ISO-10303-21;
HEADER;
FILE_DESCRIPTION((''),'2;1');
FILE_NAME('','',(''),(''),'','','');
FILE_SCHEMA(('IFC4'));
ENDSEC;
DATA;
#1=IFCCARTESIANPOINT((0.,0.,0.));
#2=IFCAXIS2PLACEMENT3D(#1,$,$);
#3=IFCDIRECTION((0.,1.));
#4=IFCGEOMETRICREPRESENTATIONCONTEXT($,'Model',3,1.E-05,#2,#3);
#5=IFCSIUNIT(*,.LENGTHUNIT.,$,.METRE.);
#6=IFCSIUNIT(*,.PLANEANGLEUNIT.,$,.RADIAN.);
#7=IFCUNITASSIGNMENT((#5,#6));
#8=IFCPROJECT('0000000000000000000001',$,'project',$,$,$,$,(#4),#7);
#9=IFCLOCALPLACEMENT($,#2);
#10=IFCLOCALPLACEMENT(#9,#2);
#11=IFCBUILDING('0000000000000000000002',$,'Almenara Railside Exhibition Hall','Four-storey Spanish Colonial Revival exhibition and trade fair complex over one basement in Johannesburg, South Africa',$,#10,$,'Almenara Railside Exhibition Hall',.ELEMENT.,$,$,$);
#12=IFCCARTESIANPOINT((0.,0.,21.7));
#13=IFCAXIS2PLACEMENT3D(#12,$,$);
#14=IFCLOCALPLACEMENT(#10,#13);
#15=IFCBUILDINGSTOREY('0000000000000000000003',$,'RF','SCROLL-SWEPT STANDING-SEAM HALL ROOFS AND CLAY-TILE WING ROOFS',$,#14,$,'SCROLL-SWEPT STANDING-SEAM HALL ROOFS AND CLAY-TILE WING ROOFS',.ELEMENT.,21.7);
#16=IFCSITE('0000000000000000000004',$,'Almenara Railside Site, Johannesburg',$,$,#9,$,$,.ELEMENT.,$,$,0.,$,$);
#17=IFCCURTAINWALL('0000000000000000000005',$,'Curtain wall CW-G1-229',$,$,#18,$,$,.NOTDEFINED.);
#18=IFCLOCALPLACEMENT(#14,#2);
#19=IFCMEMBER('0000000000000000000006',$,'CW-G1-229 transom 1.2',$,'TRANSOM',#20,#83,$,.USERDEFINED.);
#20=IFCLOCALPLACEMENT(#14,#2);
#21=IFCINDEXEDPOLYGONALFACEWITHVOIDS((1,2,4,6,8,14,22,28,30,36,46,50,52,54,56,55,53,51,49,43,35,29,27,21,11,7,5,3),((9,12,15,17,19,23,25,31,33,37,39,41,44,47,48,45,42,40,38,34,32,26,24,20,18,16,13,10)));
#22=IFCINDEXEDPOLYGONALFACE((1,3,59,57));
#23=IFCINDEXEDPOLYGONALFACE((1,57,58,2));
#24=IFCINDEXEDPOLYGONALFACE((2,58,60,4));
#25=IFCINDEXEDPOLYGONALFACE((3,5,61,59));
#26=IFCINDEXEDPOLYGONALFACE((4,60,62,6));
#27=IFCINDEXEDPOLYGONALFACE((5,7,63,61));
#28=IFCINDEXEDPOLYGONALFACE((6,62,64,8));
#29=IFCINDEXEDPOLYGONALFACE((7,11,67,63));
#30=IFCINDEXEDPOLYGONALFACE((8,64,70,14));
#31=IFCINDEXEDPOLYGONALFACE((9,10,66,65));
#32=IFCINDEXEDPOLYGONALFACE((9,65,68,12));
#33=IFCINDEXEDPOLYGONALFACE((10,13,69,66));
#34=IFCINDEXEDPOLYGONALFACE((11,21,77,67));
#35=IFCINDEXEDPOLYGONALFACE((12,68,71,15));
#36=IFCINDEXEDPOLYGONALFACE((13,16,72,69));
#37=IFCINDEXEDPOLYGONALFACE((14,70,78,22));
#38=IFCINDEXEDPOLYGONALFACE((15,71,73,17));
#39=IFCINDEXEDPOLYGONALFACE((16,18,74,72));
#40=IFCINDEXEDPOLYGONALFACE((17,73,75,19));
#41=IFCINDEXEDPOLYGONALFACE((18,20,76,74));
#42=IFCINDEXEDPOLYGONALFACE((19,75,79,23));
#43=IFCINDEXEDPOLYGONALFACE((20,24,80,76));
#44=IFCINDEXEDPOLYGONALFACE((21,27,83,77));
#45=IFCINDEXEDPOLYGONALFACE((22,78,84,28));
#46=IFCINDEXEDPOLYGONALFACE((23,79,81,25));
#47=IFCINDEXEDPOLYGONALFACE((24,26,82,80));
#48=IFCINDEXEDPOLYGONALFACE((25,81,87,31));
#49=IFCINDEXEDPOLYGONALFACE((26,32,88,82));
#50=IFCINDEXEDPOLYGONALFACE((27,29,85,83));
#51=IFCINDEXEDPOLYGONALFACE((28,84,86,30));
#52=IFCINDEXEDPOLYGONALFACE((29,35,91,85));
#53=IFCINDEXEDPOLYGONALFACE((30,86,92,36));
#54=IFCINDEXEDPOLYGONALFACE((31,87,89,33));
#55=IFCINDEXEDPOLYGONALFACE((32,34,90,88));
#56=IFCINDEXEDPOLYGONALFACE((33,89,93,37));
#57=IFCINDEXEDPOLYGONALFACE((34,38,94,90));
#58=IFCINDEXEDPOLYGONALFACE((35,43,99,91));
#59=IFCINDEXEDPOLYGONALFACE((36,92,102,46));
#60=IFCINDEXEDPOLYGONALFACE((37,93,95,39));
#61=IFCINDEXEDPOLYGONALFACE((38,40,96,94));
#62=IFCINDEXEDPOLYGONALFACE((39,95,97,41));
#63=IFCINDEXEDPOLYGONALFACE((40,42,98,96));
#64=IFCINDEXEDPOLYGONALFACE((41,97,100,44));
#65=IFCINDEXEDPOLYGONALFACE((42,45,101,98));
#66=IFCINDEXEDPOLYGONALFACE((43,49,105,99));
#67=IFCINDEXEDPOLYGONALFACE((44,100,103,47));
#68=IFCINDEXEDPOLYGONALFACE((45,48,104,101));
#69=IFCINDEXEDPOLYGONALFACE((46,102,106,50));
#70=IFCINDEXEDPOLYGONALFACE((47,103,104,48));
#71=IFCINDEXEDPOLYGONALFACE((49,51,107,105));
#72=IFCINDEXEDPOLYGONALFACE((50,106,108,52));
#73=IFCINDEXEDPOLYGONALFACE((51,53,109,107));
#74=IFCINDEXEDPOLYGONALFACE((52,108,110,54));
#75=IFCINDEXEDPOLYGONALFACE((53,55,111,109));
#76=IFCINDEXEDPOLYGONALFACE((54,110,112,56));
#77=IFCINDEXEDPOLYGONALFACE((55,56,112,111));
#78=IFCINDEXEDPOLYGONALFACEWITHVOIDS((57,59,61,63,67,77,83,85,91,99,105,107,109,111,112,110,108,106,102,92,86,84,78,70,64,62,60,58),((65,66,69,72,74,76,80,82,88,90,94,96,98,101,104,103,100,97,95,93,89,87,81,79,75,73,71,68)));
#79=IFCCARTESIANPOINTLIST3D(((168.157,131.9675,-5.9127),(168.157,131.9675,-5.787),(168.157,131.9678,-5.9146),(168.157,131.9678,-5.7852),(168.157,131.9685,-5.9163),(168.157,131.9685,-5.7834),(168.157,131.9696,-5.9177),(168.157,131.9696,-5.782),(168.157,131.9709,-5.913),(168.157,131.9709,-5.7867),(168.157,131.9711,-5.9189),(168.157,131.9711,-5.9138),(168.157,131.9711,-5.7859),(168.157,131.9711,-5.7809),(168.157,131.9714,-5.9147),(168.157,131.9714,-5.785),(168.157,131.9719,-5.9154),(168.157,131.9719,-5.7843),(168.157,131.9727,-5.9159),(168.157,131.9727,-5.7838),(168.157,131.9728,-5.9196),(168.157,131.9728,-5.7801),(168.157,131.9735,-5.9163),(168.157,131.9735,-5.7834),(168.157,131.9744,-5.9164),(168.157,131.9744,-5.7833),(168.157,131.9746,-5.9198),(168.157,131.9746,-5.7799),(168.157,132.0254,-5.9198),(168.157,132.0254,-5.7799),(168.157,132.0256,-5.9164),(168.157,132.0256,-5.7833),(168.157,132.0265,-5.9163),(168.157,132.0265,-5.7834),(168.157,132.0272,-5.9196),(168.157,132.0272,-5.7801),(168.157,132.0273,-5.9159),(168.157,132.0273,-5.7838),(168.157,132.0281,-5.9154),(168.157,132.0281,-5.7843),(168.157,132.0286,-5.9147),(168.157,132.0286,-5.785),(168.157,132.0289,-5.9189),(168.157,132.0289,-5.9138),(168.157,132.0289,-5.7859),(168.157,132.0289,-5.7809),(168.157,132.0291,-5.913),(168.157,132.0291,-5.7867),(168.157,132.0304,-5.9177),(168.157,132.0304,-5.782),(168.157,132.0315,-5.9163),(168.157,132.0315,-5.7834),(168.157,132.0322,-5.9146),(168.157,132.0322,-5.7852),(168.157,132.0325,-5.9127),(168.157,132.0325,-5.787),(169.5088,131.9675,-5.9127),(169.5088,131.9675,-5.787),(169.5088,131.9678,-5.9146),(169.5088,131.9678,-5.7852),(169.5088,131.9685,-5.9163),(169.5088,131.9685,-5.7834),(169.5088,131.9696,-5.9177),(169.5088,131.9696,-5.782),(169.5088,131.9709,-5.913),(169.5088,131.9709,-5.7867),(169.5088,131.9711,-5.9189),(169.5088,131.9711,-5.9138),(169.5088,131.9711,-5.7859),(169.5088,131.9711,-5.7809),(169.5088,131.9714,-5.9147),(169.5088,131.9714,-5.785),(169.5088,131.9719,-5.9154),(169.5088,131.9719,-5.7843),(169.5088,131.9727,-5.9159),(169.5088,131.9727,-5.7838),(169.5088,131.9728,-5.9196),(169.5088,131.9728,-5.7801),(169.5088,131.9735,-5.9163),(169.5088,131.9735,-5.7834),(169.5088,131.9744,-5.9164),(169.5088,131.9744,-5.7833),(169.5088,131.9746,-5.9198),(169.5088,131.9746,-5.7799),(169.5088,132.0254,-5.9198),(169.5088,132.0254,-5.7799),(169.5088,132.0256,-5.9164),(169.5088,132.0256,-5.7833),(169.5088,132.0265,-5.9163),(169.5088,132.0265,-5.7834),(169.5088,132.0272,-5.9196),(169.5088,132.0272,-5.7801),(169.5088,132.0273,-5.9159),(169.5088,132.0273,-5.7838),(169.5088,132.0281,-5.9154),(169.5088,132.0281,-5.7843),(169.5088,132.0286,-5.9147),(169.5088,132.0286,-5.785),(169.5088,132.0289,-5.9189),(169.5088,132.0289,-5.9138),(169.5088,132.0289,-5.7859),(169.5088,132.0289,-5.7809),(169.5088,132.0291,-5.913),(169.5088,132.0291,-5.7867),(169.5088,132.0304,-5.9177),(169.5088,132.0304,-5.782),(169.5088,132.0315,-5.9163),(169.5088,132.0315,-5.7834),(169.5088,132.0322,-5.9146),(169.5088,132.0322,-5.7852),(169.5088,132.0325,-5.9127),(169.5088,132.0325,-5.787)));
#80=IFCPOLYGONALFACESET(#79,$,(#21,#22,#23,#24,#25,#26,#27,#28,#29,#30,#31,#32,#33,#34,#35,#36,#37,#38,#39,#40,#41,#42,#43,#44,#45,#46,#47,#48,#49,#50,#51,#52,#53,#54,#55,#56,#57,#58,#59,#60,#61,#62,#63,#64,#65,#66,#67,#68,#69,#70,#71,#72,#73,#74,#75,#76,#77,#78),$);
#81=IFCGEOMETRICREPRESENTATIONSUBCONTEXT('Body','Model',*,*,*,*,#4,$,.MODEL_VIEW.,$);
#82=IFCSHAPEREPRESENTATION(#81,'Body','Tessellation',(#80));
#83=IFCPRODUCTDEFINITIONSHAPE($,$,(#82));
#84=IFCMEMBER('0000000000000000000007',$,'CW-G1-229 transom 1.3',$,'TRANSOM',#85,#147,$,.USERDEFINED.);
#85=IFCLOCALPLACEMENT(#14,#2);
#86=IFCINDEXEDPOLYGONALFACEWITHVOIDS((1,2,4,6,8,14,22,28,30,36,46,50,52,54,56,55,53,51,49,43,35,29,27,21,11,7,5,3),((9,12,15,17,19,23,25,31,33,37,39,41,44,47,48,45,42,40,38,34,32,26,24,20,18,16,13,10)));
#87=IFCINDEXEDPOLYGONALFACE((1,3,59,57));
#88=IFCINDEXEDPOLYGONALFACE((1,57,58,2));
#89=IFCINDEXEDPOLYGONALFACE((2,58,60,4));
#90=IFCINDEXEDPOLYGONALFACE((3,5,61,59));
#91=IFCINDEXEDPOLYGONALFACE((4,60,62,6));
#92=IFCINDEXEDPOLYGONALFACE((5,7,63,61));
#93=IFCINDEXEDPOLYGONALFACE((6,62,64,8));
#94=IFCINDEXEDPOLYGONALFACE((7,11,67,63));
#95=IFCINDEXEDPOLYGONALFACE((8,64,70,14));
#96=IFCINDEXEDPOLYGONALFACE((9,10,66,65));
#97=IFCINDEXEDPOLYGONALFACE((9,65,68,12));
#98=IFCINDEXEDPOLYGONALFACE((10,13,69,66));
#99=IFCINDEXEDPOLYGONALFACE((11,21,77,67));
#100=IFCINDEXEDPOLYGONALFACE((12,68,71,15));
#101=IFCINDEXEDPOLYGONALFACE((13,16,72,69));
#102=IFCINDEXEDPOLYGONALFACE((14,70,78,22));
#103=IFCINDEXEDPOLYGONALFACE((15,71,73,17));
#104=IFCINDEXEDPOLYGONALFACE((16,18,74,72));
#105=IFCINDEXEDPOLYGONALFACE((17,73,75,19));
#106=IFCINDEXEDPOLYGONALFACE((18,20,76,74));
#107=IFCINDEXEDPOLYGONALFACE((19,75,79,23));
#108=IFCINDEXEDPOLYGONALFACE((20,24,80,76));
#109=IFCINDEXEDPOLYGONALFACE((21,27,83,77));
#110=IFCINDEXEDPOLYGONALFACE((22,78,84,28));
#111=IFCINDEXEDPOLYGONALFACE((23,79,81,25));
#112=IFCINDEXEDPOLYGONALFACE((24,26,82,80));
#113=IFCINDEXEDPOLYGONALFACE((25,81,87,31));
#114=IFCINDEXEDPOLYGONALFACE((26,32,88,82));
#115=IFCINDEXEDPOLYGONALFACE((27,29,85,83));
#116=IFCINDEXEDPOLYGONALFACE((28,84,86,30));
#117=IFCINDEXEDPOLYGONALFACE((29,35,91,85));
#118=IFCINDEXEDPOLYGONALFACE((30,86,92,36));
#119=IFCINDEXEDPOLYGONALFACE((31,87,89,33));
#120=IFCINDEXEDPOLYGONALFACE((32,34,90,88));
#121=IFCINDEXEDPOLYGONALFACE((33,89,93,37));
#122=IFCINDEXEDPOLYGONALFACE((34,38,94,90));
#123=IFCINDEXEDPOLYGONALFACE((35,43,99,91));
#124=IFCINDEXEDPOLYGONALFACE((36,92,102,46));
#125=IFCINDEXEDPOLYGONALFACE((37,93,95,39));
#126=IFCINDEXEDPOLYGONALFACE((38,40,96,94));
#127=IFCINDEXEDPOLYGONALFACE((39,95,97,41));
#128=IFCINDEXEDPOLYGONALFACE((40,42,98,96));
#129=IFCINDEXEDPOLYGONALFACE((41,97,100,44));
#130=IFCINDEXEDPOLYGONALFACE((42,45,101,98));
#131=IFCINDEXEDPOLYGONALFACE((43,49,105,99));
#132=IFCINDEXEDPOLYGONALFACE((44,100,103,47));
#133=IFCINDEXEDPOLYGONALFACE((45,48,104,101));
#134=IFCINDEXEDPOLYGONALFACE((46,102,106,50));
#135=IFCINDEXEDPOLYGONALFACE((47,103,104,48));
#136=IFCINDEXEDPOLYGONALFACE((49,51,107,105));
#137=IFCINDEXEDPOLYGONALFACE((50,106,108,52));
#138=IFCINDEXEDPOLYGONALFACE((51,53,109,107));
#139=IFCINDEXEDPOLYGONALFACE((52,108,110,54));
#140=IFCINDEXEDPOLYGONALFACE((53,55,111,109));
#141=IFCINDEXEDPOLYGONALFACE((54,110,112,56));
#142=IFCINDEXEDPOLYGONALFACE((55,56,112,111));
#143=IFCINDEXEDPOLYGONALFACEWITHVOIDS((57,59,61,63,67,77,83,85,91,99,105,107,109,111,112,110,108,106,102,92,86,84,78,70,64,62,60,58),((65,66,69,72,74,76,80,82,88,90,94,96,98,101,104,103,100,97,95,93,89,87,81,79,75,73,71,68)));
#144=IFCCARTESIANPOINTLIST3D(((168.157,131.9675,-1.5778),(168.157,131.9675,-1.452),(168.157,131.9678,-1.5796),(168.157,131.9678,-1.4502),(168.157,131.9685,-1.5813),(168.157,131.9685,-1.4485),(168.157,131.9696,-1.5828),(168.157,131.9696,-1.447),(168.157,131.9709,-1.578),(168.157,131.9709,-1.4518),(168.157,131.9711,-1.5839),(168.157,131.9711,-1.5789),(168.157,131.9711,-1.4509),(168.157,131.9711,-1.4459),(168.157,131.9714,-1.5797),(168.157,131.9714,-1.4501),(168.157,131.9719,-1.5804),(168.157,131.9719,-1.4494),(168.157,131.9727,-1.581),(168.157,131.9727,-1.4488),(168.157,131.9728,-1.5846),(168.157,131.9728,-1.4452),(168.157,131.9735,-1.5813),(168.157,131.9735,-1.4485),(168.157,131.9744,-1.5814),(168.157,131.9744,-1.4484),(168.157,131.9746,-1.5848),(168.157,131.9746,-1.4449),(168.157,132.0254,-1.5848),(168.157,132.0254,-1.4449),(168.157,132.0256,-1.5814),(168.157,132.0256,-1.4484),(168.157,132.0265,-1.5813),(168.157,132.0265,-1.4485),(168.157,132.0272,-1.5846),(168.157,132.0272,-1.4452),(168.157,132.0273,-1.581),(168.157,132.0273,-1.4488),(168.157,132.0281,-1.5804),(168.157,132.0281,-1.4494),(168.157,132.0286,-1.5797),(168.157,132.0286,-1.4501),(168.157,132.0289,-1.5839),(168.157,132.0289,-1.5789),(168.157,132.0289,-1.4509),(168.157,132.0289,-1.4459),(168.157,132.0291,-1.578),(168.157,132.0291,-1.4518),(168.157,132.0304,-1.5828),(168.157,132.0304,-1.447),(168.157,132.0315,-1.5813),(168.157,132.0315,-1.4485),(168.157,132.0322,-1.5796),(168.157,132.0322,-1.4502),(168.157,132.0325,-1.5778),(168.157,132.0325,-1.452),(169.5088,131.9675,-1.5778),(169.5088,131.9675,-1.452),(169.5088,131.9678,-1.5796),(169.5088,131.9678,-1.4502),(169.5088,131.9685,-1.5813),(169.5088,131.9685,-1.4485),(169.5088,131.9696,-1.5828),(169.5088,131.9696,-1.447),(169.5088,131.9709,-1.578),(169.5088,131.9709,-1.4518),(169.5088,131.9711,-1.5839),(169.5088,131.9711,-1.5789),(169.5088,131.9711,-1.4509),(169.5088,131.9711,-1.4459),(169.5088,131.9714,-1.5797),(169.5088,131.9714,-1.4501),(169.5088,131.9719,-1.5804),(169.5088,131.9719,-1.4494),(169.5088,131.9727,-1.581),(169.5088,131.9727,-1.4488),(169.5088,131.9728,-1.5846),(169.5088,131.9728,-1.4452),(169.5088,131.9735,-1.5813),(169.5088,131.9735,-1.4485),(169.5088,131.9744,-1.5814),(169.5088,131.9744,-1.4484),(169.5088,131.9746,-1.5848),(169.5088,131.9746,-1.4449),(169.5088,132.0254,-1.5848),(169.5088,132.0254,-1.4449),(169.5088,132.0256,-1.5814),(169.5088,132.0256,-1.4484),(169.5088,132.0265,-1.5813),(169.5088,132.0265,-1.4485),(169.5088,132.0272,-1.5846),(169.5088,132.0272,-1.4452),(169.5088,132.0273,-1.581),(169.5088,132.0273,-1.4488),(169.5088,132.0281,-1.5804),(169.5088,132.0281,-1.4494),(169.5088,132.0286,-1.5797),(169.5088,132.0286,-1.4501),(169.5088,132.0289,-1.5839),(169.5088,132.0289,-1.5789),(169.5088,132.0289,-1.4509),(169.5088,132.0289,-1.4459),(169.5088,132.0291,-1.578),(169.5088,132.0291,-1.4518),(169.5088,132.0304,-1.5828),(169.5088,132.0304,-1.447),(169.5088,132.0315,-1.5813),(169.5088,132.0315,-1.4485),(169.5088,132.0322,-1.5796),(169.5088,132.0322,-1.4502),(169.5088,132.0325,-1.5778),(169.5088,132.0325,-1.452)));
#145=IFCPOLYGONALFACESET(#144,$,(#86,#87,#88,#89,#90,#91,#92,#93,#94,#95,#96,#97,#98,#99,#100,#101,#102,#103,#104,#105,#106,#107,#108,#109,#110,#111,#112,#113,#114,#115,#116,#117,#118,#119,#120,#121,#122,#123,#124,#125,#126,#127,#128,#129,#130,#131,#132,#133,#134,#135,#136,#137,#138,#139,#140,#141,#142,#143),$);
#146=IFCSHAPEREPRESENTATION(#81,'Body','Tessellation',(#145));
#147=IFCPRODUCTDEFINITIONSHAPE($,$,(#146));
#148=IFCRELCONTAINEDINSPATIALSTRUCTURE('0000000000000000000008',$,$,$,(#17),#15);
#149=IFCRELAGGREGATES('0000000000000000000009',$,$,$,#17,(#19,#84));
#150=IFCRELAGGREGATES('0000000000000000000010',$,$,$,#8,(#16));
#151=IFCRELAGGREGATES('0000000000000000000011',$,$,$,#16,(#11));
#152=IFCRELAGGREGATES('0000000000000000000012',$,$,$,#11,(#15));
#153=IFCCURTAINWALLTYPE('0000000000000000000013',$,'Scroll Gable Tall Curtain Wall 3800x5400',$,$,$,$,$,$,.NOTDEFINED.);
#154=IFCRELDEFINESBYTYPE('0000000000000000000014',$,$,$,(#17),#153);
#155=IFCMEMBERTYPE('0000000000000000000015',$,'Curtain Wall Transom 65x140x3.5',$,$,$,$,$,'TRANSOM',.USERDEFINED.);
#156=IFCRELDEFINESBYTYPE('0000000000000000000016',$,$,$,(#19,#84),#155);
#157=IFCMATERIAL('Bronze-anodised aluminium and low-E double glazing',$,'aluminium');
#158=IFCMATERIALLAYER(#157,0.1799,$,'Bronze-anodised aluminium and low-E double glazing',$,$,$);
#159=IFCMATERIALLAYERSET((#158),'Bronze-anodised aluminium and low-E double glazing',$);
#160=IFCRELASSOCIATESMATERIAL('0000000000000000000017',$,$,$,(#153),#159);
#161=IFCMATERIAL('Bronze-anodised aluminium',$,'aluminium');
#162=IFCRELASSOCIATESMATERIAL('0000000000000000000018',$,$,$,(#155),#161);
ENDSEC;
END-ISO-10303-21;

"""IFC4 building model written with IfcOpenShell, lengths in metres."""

from ifc_helpers import new_model, si_unit, direction, frame, origin, origin_2d, place, context, subcontext, project, spatial, hollow_rectangle, extrude, material, layer, layer_set, material_profile, profile_set, type_object, element, aggregate, save


model = new_model("IFC4")

# Units and contexts
model_context = context("Model", 3, precision=1e-05, world=origin(), true_north=direction((0.0, 1.0)))
body_context = subcontext(model_context, "Body", "Model", "MODEL_VIEW")
ifc_project = project(units=[si_unit("LENGTHUNIT", "METRE"), si_unit("PLANEANGLEUNIT", "RADIAN")], contexts=[model_context])

# Site, building, storey
site_placement = place(None, origin())
site = spatial("IfcSite", under=ifc_project, at=site_placement, Name="Almenara Railside Site, Johannesburg", CompositionType="ELEMENT", RefElevation=0.0)
building_placement = place(site_placement, origin())
building = spatial("IfcBuilding", under=site, at=building_placement, Name="Almenara Railside Exhibition Hall", Description="Four-storey Spanish Colonial Revival exhibition and trade fair complex over one basement in Johannesburg, South Africa", LongName="Almenara Railside Exhibition Hall", CompositionType="ELEMENT")
storey_placement = place(building_placement, frame((0.0, 0.0, 21.7)))
storey = spatial("IfcBuildingStorey", under=building, at=storey_placement, Name="RF", Description="SCROLL-SWEPT STANDING-SEAM HALL ROOFS AND CLAY-TILE WING ROOFS", LongName="SCROLL-SWEPT STANDING-SEAM HALL ROOFS AND CLAY-TILE WING ROOFS", CompositionType="ELEMENT", Elevation=21.7)

# Curtain wall
ifc_material_1 = material(Name="Bronze-anodised aluminium and low-E double glazing", Category="aluminium")
ifc_layer_1 = layer(ifc_material_1, 0.1799, Name="Bronze-anodised aluminium and low-E double glazing")
ifc_layer_set_1 = layer_set([ifc_layer_1], Name="Bronze-anodised aluminium and low-E double glazing")
curtain_wall_type = type_object("IfcCurtainWallType", Name="Scroll Gable Tall Curtain Wall 3800x5400", PredefinedType="NOTDEFINED", material=ifc_layer_set_1)
ifc_material_2 = material(Name="Bronze-anodised aluminium", Category="aluminium")
curtain_wall_1_placement = place(storey_placement, origin())
curtain_wall_1 = element("IfcCurtainWall", 1, at=curtain_wall_1_placement, inside=storey, type_object=curtain_wall_type, Name="Curtain wall CW-G1-229", PredefinedType="NOTDEFINED")

# Members
ifc_material_profile_1 = material_profile(ifc_material_2, hollow_rectangle(XDim=0.0649, YDim=0.1399, WallThickness=0.0034, InnerFilletRadius=0.0034, OuterFilletRadius=0.0071, at=origin_2d()), Name="ALU-TRN 65x140x3.5")
ifc_profile_set_1 = profile_set([ifc_material_profile_1], Name="Bronze-anodised aluminium")
member_type_1 = type_object("IfcMemberType", Name="Curtain Wall Transom 65x140x3.5", ElementType="TRANSOM", PredefinedType="USERDEFINED", material=ifc_profile_set_1)
member_1_placement = place(storey_placement, frame((168.157, 132.0, -5.8499), z_axis=(1.0, 0.0, 0.0), x_axis=(0.0, 1.0, 0.0)))
member_1 = element("IfcMember", 2, at=member_1_placement, type_object=member_type_1, Name="CW-G1-229 transom 1.2", ObjectType="TRANSOM", PredefinedType="USERDEFINED", context=body_context, shape_type="SweptSolid", body=[
    extrude(hollow_rectangle(XDim=0.0649, YDim=0.1399, WallThickness=0.0034, InnerFilletRadius=0.0034, OuterFilletRadius=0.0071, at=origin_2d()), origin(), (0.0, 0.0, 1.0), 1.3518),
])
member_2_placement = place(storey_placement, frame((168.157, 132.0, -1.5149), z_axis=(1.0, 0.0, 0.0), x_axis=(0.0, 1.0, 0.0)))
member_2 = element("IfcMember", 3, at=member_2_placement, type_object=member_type_1, Name="CW-G1-229 transom 1.3", ObjectType="TRANSOM", PredefinedType="USERDEFINED", context=body_context, shape_type="SweptSolid", body=[
    extrude(hollow_rectangle(XDim=0.0649, YDim=0.1399, WallThickness=0.0034, InnerFilletRadius=0.0034, OuterFilletRadius=0.0071, at=origin_2d()), origin(), (0.0, 0.0, 1.0), 1.3518),
])

aggregate(curtain_wall_1, [member_1, member_2])

save(model, "model.ifc")
